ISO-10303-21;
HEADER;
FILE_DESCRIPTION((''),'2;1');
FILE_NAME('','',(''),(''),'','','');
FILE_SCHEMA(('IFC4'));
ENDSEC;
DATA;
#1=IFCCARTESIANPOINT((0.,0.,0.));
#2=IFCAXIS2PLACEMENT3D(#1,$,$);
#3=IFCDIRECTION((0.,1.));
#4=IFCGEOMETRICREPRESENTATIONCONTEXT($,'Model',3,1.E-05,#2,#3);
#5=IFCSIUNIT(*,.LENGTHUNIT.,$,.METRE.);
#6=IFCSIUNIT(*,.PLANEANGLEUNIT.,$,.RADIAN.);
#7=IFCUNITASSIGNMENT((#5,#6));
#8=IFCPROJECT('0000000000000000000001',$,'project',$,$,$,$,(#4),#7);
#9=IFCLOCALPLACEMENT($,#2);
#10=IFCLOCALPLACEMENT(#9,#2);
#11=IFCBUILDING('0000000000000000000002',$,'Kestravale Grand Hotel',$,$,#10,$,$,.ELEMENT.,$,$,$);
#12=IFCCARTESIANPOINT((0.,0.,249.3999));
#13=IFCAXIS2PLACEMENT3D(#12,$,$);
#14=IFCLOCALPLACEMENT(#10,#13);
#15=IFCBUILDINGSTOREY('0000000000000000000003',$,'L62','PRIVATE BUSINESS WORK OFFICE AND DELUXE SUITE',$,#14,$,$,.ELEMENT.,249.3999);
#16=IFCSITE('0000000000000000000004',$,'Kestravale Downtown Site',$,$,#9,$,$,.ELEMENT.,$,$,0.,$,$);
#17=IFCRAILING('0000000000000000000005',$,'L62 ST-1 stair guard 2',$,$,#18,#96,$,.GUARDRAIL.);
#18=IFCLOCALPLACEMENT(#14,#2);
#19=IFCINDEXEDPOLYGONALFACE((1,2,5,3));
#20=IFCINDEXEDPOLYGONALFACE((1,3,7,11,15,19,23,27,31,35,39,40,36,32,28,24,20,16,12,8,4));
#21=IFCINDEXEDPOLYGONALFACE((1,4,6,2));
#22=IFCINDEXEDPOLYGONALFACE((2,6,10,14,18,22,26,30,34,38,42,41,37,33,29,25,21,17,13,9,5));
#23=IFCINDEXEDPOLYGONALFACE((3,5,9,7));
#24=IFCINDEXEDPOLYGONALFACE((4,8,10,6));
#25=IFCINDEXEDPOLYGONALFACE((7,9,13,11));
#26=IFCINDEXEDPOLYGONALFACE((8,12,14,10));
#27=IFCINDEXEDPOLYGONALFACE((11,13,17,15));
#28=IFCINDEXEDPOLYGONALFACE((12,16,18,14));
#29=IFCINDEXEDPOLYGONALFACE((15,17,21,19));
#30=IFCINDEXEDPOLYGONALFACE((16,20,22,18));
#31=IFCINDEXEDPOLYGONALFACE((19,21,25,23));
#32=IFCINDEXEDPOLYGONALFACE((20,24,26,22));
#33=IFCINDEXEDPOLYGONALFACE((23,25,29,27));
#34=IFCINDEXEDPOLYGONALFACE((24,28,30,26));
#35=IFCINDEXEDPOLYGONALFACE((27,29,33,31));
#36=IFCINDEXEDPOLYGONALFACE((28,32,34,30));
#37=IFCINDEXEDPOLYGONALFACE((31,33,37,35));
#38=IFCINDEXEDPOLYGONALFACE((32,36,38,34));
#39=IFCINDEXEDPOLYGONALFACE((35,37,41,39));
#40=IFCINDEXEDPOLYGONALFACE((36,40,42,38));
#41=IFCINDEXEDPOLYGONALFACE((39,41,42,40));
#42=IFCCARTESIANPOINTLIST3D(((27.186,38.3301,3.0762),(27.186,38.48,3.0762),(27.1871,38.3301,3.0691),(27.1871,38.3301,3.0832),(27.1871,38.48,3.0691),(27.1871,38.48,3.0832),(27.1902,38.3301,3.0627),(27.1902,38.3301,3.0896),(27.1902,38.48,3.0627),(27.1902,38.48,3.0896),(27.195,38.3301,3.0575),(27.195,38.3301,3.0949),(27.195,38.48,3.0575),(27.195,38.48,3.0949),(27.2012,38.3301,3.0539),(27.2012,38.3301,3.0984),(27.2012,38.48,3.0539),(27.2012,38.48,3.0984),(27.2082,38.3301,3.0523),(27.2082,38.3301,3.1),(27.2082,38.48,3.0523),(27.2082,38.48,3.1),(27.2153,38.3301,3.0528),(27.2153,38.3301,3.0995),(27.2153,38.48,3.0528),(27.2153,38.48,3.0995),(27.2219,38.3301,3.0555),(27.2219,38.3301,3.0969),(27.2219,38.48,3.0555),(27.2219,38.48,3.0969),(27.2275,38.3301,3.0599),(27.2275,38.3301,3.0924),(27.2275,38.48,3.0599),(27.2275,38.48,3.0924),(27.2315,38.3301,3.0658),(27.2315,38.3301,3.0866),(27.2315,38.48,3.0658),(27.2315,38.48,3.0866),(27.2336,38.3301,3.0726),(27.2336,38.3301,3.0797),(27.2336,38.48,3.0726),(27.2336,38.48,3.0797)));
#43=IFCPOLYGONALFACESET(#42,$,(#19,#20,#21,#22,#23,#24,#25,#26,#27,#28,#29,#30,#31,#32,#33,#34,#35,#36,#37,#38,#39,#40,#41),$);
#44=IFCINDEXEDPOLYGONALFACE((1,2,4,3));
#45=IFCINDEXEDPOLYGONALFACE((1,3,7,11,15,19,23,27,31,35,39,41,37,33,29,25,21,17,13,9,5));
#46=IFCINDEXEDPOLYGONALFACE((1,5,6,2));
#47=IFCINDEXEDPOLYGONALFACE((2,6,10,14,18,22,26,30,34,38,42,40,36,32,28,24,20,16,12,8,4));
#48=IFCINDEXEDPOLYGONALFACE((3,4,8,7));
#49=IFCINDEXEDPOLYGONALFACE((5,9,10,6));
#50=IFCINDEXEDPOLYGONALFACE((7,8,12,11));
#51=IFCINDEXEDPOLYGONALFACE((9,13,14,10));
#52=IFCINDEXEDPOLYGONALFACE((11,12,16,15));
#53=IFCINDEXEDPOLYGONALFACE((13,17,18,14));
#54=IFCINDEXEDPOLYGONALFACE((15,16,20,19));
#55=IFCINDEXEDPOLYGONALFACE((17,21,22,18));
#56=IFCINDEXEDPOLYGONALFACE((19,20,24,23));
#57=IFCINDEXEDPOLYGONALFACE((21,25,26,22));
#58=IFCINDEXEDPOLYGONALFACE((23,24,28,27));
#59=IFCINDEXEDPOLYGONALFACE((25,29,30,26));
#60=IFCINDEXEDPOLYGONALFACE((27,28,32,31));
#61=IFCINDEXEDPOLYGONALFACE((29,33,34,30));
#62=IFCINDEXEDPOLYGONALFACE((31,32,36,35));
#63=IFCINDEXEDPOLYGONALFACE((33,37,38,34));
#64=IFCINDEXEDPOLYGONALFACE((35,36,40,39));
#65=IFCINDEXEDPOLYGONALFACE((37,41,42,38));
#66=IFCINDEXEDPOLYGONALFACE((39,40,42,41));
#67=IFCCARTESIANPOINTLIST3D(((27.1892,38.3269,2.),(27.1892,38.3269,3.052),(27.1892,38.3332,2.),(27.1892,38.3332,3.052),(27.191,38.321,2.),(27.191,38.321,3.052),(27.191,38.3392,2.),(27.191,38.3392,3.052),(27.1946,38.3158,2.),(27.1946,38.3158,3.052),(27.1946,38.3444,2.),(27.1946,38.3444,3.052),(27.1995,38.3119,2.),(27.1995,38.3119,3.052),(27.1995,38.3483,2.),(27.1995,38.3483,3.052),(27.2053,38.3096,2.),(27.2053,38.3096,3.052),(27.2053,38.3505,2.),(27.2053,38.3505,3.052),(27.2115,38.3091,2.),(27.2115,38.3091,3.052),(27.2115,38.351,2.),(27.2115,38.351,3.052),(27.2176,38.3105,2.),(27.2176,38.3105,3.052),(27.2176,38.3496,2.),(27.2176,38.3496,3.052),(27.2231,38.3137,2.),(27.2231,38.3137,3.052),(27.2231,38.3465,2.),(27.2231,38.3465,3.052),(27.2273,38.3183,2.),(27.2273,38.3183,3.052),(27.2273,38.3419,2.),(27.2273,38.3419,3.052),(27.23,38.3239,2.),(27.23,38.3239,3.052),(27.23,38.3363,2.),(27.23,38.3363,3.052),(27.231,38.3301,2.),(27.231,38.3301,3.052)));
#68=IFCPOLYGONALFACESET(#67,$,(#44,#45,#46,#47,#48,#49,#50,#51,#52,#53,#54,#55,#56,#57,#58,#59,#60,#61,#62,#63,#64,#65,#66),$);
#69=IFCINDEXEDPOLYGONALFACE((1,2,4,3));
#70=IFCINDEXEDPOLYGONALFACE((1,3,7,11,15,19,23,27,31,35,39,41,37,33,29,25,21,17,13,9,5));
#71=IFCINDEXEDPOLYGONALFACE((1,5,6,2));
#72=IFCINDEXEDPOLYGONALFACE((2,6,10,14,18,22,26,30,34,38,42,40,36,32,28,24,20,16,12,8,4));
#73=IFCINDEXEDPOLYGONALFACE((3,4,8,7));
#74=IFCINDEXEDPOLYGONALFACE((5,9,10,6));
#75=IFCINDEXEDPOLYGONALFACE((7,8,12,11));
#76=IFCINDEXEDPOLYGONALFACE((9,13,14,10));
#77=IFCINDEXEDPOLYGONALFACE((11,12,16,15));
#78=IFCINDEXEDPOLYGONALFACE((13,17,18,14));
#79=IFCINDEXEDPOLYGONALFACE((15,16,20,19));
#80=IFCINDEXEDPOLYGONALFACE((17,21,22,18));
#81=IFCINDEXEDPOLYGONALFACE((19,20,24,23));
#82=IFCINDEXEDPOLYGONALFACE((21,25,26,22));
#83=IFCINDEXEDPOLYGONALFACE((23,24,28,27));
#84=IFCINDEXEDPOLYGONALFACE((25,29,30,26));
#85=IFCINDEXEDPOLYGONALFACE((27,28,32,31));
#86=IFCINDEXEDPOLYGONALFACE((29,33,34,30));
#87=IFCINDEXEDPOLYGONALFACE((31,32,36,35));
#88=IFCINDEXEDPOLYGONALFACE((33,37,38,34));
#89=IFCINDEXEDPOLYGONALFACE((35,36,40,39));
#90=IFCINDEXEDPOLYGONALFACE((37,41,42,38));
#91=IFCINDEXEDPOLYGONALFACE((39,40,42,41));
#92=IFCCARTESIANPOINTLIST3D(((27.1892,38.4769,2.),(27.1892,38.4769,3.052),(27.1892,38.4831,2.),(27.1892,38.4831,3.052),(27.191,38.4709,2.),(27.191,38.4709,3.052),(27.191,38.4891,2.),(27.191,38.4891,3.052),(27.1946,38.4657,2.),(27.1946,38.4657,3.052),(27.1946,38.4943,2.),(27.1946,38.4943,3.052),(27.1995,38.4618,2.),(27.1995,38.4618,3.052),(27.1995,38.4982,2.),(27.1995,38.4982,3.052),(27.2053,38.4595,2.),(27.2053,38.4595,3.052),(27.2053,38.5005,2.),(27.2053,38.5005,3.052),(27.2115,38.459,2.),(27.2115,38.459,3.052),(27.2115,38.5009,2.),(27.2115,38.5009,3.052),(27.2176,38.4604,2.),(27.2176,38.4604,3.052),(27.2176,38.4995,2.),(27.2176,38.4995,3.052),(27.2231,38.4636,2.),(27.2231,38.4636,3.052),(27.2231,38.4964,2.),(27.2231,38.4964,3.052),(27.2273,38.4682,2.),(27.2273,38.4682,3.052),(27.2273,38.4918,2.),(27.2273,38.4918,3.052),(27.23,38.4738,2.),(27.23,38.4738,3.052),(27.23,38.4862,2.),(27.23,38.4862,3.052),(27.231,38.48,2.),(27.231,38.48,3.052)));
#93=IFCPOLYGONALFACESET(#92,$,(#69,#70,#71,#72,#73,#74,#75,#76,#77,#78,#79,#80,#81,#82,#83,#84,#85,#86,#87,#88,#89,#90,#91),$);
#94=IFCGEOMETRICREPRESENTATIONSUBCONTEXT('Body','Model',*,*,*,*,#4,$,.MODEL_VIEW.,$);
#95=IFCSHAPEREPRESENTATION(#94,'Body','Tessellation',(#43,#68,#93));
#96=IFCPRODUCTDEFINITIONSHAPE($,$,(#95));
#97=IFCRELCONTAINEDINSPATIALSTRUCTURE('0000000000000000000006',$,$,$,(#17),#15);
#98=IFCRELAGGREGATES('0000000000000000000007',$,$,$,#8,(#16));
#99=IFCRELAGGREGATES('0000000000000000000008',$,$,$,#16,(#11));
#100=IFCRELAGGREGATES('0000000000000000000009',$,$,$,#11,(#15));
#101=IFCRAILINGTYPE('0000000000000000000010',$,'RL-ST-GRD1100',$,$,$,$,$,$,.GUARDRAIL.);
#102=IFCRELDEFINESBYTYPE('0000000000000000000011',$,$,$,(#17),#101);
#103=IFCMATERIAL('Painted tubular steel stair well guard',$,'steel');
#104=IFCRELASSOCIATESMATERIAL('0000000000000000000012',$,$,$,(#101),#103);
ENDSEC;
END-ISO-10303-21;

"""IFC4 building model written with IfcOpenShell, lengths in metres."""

from ifc_helpers import new_model, si_unit, direction, frame, origin, origin_2d, place, context, subcontext, project, spatial, circle, extrude, material, type_object, element, save


model = new_model("IFC4")

# Units and contexts
model_context = context("Model", 3, precision=1e-05, world=origin(), true_north=direction((0.0, 1.0)))
body_context = subcontext(model_context, "Body", "Model", "MODEL_VIEW")
ifc_project = project(units=[si_unit("LENGTHUNIT", "METRE"), si_unit("PLANEANGLEUNIT", "RADIAN")], contexts=[model_context])

# Site, building, storey
site_placement = place(None, origin())
site = spatial("IfcSite", under=ifc_project, at=site_placement, Name="Kestravale Downtown Site", CompositionType="ELEMENT", RefElevation=0.0)
building_placement = place(site_placement, origin())
building = spatial("IfcBuilding", under=site, at=building_placement, Name="Kestravale Grand Hotel", CompositionType="ELEMENT")
storey_placement = place(building_placement, frame((0.0, 0.0, 249.3999)))
storey = spatial("IfcBuildingStorey", under=building, at=storey_placement, Name="L62", Description="PRIVATE BUSINESS WORK OFFICE AND DELUXE SUITE", CompositionType="ELEMENT", Elevation=249.3999)

# Railing
ifc_material_1 = material(Name="Painted tubular steel stair well guard", Category="steel")
railing_type_1 = type_object("IfcRailingType", Name="RL-ST-GRD1100", PredefinedType="GUARDRAIL", material=ifc_material_1)
railing_1_placement = place(storey_placement, frame((27.21, 38.3301, 2.0)))
element("IfcRailing", 1, at=railing_1_placement, inside=storey, type_object=railing_type_1, Name="L62 ST-1 stair guard 2", PredefinedType="GUARDRAIL", context=body_context, shape_type="SweptSolid", body=[
    extrude(circle(Radius=0.0239, at=origin_2d()), frame((0.0, 0.0, 1.0762), z_axis=(0.0, 1.0, 0.0), x_axis=(-1.0, 0.0, 0.0)), (0.0, 0.0, 1.0), 0.1499),
    extrude(circle(Radius=0.021, at=origin_2d()), origin(), (0.0, 0.0, 1.0), 1.052),
    extrude(circle(Radius=0.021, at=origin_2d()), frame((0.0, 0.1499, 0.0)), (0.0, 0.0, 1.0), 1.052),
])

save(model, "model.ifc")
